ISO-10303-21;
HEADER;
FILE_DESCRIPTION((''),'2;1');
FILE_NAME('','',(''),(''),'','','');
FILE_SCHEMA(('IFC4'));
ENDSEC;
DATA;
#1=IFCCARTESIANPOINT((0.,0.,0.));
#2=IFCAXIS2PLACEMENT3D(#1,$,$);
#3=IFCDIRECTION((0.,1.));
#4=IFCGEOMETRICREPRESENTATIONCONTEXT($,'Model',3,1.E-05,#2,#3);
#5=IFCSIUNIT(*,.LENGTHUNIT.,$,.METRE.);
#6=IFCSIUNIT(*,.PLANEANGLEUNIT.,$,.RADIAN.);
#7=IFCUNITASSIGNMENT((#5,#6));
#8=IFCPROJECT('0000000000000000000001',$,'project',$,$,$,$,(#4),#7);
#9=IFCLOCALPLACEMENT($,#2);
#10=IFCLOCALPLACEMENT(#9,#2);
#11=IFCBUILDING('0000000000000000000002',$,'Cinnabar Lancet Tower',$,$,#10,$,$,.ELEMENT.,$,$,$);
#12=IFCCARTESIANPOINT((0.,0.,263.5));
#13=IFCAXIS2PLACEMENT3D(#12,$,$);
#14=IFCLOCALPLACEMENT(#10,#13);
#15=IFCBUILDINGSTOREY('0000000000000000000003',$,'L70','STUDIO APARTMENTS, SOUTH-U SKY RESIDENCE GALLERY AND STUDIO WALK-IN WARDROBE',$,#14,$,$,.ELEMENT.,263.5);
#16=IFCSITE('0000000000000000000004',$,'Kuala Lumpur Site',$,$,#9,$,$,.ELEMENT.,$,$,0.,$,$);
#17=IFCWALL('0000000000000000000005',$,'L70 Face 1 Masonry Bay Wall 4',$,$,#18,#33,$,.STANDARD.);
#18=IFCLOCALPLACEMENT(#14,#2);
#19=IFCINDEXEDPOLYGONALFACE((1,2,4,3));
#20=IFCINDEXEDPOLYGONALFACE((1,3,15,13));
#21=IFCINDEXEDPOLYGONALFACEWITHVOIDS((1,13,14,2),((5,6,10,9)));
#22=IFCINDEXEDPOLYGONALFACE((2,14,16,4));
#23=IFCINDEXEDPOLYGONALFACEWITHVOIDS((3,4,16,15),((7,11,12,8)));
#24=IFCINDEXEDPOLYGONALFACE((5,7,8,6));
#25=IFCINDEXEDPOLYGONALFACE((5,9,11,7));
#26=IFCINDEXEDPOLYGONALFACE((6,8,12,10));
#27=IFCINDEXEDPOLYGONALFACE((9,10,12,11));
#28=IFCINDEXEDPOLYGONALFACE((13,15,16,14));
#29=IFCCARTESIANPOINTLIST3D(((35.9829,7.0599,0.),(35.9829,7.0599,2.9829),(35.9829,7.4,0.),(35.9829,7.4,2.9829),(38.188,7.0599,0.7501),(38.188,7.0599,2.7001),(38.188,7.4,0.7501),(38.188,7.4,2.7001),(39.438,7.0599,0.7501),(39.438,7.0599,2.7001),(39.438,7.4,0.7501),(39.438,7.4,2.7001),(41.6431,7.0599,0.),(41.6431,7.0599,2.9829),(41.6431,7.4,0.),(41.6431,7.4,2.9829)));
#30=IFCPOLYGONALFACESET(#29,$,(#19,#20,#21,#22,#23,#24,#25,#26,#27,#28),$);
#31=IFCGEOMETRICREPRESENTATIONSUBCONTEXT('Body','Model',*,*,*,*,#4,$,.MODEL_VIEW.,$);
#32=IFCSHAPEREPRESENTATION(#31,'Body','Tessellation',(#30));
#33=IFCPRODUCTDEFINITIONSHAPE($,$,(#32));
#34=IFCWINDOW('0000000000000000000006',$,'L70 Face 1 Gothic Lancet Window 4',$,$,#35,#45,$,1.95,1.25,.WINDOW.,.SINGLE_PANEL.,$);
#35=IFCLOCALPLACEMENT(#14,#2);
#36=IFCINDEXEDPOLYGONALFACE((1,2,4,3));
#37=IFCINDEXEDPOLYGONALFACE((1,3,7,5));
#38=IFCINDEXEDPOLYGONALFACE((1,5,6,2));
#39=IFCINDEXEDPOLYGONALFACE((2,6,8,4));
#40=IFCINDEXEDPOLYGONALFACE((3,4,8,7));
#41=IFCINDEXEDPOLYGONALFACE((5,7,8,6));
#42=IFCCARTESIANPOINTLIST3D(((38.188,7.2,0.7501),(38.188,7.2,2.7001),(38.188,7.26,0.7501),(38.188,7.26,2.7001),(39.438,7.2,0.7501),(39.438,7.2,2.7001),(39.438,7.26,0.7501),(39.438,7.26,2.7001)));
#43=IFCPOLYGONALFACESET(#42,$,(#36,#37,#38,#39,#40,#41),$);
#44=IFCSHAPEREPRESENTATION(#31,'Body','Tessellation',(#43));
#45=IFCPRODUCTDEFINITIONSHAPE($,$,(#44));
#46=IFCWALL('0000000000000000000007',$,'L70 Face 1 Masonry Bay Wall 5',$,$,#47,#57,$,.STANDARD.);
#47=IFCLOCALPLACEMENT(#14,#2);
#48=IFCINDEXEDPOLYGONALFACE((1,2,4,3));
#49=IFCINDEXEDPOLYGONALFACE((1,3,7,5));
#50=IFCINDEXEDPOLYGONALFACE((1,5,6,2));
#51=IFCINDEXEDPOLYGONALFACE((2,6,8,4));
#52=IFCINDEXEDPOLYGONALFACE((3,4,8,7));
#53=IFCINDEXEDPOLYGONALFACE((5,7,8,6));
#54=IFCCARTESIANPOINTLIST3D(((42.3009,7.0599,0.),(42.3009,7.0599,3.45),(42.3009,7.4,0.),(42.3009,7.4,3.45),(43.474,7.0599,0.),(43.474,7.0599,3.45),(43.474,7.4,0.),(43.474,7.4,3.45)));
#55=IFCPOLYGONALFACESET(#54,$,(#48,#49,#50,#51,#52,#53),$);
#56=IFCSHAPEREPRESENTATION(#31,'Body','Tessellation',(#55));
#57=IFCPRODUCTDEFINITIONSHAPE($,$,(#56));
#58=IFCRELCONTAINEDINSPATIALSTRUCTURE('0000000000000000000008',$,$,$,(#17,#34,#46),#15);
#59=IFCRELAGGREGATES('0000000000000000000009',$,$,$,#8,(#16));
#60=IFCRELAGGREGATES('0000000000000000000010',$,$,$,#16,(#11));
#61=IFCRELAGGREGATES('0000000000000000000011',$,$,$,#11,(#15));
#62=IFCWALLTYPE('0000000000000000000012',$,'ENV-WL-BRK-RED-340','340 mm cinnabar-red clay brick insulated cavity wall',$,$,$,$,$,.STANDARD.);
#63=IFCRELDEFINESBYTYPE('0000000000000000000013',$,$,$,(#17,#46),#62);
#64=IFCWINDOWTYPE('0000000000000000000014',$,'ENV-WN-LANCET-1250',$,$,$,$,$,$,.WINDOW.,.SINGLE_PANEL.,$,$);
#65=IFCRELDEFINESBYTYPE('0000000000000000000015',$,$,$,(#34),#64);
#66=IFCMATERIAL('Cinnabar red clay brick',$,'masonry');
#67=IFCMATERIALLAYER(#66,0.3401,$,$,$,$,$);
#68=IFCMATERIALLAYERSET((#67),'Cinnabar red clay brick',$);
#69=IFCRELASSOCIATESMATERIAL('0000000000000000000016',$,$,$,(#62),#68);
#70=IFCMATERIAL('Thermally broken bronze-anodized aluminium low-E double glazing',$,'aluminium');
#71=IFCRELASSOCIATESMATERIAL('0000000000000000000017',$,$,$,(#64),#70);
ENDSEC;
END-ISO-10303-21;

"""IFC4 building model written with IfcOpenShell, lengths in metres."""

from ifc_helpers import new_model, si_unit, direction, frame, frame_2d, origin, place, context, subcontext, project, spatial, rectangle, extrude, material, layer, layer_set, type_object, element, fill, save


model = new_model("IFC4")

# Units and contexts
model_context = context("Model", 3, precision=1e-05, world=origin(), true_north=direction((0.0, 1.0)))
body_context = subcontext(model_context, "Body", "Model", "MODEL_VIEW")
ifc_project = project(units=[si_unit("LENGTHUNIT", "METRE"), si_unit("PLANEANGLEUNIT", "RADIAN")], contexts=[model_context])

# Site, building, storey
site_placement = place(None, origin())
site = spatial("IfcSite", under=ifc_project, at=site_placement, Name="Kuala Lumpur Site", CompositionType="ELEMENT", RefElevation=0.0)
building_placement = place(site_placement, origin())
building = spatial("IfcBuilding", under=site, at=building_placement, Name="Cinnabar Lancet Tower", CompositionType="ELEMENT")
storey_placement = place(building_placement, frame((0.0, 0.0, 263.5)))
storey = spatial("IfcBuildingStorey", under=building, at=storey_placement, Name="L70", Description="STUDIO APARTMENTS, SOUTH-U SKY RESIDENCE GALLERY AND STUDIO WALK-IN WARDROBE", CompositionType="ELEMENT", Elevation=263.5)

# Shared definitions
ifc_material_1 = material(Name="Cinnabar red clay brick", Category="masonry")
ifc_layer_1 = layer(ifc_material_1, 0.3401)
ifc_layer_set_1 = layer_set([ifc_layer_1], Name="Cinnabar red clay brick")
wall_type_1 = type_object("IfcWallType", Name="ENV-WL-BRK-RED-340", Description="340 mm cinnabar-red clay brick insulated cavity wall", PredefinedType="STANDARD", material=ifc_layer_set_1)

# Wall, opening, window
wall_1_placement = place(storey_placement, frame((35.9829, 7.23, 0.0), z_axis=(0.0, 0.0, 1.0), x_axis=(1.0, 0.0, 0.0)))
wall_1 = element("IfcWall", 1, at=wall_1_placement, inside=storey, type_object=wall_type_1, Name="L70 Face 1 Masonry Bay Wall 4", PredefinedType="STANDARD", context=body_context, shape_type="SweptSolid", body=[
    extrude(rectangle(XDim=5.6602, YDim=0.3401, at=frame_2d((2.8301, 0.0))), origin(), (0.0, 0.0, 1.0), 2.9829),
])
opening_placement = place(wall_1_placement, frame((2.2051, 0.0, 0.75)))
opening = element("IfcOpeningElement", 2, at=opening_placement, cuts=wall_1, PredefinedType="OPENING", context=body_context, shape_type="SweptSolid", body=[
    extrude(rectangle(XDim=1.25, YDim=1.95, at=frame_2d((0.625, 0.9751))), frame((0.0, 0.1799, 0.0), z_axis=(0.0, -1.0, 0.0), x_axis=(1.0, 0.0, 0.0)), (0.0, 0.0, 1.0), 0.3601),
])
ifc_material_2 = material(Name="Thermally broken bronze-anodized aluminium low-E double glazing", Category="aluminium")
window_type = type_object("IfcWindowType", Name="ENV-WN-LANCET-1250", PartitioningType="SINGLE_PANEL", PredefinedType="WINDOW", material=ifc_material_2)
window_placement = place(opening_placement, origin())
window = element("IfcWindow", 3, at=window_placement, inside=storey, type_object=window_type, Name="L70 Face 1 Gothic Lancet Window 4", OverallHeight=1.95, OverallWidth=1.25, PartitioningType="SINGLE_PANEL", PredefinedType="WINDOW", context=body_context, shape_type="SweptSolid", body=[
    extrude(rectangle(XDim=1.25, YDim=1.95, at=frame_2d((0.625, 0.9751))), frame((0.0, 0.03, 0.0), z_axis=(0.0, -1.0, 0.0), x_axis=(1.0, 0.0, 0.0)), (0.0, 0.0, 1.0), 0.0601),
])
fill(opening, window)

# Wall
wall_2_placement = place(storey_placement, frame((42.301, 7.23, 0.0), z_axis=(0.0, 0.0, 1.0), x_axis=(1.0, 0.0, 0.0)))
element("IfcWall", 4, at=wall_2_placement, inside=storey, type_object=wall_type_1, Name="L70 Face 1 Masonry Bay Wall 5", PredefinedType="STANDARD", context=body_context, shape_type="SweptSolid", body=[
    extrude(rectangle(XDim=1.1731, YDim=0.3401, at=frame_2d((0.5864, 0.0))), origin(), (0.0, 0.0, 1.0), 3.45),
])

save(model, "model.ifc")
